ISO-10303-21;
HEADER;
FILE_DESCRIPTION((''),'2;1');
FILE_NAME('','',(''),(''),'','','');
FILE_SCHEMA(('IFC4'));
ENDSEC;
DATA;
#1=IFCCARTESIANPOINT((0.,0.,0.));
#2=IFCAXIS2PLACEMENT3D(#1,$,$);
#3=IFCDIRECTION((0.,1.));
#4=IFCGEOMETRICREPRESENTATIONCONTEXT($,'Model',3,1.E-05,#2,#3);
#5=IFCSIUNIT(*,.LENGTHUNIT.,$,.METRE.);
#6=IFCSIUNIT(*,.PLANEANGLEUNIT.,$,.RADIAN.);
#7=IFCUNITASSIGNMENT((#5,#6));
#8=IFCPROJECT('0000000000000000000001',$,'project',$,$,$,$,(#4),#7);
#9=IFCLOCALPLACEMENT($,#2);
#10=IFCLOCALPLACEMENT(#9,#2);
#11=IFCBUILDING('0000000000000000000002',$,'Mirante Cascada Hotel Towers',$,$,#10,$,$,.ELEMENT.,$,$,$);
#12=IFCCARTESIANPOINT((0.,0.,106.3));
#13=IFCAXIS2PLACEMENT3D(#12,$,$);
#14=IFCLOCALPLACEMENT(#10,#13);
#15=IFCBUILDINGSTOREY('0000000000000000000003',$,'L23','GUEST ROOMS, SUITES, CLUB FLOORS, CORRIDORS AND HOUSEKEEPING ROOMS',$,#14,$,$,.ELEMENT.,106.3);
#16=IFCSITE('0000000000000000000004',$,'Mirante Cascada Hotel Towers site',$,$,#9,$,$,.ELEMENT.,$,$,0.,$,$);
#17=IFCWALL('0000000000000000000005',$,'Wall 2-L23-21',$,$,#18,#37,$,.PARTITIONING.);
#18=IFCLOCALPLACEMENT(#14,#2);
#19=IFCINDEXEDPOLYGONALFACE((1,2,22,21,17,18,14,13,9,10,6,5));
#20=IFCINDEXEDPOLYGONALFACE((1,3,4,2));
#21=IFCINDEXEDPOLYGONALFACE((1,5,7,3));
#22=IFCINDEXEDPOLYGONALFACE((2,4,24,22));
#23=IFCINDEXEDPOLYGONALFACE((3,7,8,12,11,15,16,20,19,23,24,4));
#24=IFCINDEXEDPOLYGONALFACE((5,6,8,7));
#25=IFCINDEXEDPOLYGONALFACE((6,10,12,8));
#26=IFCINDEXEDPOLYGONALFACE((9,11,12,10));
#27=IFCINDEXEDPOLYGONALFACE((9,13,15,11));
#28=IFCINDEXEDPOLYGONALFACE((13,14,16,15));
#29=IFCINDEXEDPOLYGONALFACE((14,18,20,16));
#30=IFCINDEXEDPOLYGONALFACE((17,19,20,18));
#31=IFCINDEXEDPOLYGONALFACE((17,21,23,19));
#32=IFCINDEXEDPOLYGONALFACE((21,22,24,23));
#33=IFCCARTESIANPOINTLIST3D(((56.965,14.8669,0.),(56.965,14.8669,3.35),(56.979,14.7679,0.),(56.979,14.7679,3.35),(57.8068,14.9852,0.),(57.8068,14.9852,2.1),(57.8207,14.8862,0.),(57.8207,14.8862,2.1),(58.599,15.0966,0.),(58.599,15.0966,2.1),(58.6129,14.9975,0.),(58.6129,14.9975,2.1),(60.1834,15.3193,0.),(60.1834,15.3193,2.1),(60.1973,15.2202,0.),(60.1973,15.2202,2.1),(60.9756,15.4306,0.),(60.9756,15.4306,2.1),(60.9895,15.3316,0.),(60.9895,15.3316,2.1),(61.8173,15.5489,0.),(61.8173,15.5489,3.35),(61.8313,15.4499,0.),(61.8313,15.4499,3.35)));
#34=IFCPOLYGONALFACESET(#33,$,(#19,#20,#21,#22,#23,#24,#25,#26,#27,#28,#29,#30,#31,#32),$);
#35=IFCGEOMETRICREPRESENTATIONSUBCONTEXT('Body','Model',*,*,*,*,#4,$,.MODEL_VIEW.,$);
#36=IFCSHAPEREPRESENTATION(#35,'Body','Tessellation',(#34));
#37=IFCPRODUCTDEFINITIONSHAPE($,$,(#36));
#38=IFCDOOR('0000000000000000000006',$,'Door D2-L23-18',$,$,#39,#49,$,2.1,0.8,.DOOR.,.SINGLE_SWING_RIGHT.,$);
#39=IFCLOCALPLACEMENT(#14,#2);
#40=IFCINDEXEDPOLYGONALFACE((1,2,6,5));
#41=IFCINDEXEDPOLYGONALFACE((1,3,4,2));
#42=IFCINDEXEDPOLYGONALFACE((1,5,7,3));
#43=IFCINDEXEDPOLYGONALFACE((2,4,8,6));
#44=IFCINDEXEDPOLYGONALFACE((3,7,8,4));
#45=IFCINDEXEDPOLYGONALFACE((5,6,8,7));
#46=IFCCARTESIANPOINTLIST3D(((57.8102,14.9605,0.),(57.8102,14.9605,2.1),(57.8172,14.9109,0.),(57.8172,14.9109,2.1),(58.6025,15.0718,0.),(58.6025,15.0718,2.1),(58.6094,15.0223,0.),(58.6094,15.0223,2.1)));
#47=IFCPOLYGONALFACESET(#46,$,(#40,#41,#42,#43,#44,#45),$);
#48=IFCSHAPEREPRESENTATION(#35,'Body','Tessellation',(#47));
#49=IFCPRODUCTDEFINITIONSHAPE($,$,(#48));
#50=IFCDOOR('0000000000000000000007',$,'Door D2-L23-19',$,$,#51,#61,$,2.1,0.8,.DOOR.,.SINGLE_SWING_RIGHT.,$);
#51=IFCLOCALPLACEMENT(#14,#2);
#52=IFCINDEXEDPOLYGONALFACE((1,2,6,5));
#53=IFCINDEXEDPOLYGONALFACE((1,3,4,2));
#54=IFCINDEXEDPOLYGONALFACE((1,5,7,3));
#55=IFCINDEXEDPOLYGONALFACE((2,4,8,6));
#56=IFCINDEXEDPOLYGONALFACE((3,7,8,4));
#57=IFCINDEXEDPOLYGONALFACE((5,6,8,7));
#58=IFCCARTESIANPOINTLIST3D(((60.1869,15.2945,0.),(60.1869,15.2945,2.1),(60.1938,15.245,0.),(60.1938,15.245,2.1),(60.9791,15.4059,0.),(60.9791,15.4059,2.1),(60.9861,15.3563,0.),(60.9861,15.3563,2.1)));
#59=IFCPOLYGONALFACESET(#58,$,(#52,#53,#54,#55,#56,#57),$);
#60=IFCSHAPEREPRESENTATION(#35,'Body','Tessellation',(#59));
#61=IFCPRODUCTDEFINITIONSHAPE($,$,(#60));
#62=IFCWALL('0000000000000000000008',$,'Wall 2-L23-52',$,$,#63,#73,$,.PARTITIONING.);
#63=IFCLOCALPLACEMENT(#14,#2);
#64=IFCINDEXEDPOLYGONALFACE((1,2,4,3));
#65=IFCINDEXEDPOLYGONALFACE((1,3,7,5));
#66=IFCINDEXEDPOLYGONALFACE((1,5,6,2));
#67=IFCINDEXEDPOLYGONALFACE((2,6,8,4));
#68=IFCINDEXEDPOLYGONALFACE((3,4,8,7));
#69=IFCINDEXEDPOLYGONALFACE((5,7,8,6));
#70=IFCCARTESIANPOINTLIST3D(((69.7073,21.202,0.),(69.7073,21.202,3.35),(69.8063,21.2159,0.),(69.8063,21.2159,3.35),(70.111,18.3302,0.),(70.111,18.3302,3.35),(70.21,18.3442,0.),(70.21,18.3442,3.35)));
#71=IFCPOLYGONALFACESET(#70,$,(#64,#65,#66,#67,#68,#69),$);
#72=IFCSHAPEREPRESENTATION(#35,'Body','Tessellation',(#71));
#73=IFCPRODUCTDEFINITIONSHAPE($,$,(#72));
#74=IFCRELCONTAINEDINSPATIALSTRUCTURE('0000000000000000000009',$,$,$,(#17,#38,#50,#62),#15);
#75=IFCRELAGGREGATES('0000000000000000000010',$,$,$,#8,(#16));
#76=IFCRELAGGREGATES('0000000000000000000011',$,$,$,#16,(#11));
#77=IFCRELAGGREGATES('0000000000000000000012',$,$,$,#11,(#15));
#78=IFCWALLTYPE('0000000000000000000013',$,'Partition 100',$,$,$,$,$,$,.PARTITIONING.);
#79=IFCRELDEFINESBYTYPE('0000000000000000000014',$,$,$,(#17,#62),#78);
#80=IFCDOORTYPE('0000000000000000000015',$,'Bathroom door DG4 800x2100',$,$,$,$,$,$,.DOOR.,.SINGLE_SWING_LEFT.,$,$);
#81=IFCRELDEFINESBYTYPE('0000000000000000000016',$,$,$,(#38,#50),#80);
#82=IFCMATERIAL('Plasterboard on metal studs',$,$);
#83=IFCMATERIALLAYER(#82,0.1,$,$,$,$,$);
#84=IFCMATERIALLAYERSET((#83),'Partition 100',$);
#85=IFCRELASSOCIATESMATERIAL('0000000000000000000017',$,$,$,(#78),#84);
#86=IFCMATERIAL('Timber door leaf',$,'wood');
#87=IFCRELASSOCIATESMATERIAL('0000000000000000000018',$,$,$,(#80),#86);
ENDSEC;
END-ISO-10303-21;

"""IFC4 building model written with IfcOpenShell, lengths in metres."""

from ifc_helpers import new_model, si_unit, direction, frame, frame_2d, origin, place, context, subcontext, project, spatial, rectangle, extrude, material, layer, layer_set, type_object, element, fill, save


model = new_model("IFC4")

# Units and contexts
model_context = context("Model", 3, precision=1e-05, world=origin(), true_north=direction((0.0, 1.0)))
body_context = subcontext(model_context, "Body", "Model", "MODEL_VIEW")
ifc_project = project(units=[si_unit("LENGTHUNIT", "METRE"), si_unit("PLANEANGLEUNIT", "RADIAN")], contexts=[model_context])

# Site, building, storey
site_placement = place(None, origin())
site = spatial("IfcSite", under=ifc_project, at=site_placement, Name="Mirante Cascada Hotel Towers site", CompositionType="ELEMENT", RefElevation=0.0)
building_placement = place(site_placement, origin())
building = spatial("IfcBuilding", under=site, at=building_placement, Name="Mirante Cascada Hotel Towers", CompositionType="ELEMENT")
storey_placement = place(building_placement, frame((0.0, 0.0, 106.3)))
storey = spatial("IfcBuildingStorey", under=building, at=storey_placement, Name="L23", Description="GUEST ROOMS, SUITES, CLUB FLOORS, CORRIDORS AND HOUSEKEEPING ROOMS", CompositionType="ELEMENT", Elevation=106.3)

# Wall, openings, doors
ifc_material_1 = material(Name="Plasterboard on metal studs")
ifc_layer_1 = layer(ifc_material_1, 0.1)
ifc_layer_set_1 = layer_set([ifc_layer_1], Name="Partition 100")
wall_type_1 = type_object("IfcWallType", Name="Partition 100", PredefinedType="PARTITIONING", material=ifc_layer_set_1)
wall_1_placement = place(storey_placement, frame((61.8243, 15.4994, 0.0), z_axis=(0.0, 0.0, 1.0), x_axis=(-0.990267, -0.139184, 0.0)))
wall_1 = element("IfcWall", 1, at=wall_1_placement, inside=storey, type_object=wall_type_1, Name="Wall 2-L23-21", PredefinedType="PARTITIONING", context=body_context, shape_type="SweptSolid", body=[
    extrude(rectangle(XDim=4.9, YDim=0.1, at=frame_2d((2.45, 0.0))), origin(), (0.0, 0.0, 1.0), 3.35),
])
opening_1_placement = place(wall_1_placement, frame((3.25, 0.0, 0.0)))
opening_1 = element("IfcOpeningElement", 2, at=opening_1_placement, cuts=wall_1, PredefinedType="OPENING", context=body_context, shape_type="SweptSolid", body=[
    extrude(rectangle(XDim=0.8, YDim=2.1, at=frame_2d((0.4, 1.05))), frame((0.0, 0.05, 0.0), z_axis=(0.0, -1.0, 0.0), x_axis=(1.0, 0.0, 0.0)), (0.0, 0.0, 1.0), 0.1),
])
opening_2_placement = place(wall_1_placement, frame((0.85, 0.0, 0.0)))
opening_2 = element("IfcOpeningElement", 3, at=opening_2_placement, cuts=wall_1, PredefinedType="OPENING", context=body_context, shape_type="SweptSolid", body=[
    extrude(rectangle(XDim=0.8, YDim=2.1, at=frame_2d((0.4, 1.05))), frame((0.0, 0.05, 0.0), z_axis=(0.0, -1.0, 0.0), x_axis=(1.0, 0.0, 0.0)), (0.0, 0.0, 1.0), 0.1),
])
ifc_material_2 = material(Name="Timber door leaf", Category="wood")
door_type = type_object("IfcDoorType", Name="Bathroom door DG4 800x2100", OperationType="SINGLE_SWING_LEFT", PredefinedType="DOOR", material=ifc_material_2)
door_1_placement = place(opening_1_placement, frame((0.8, 0.0, 0.0), z_axis=(0.0, 0.0, 1.0), x_axis=(-1.0, 0.0, 0.0)))
door_1 = element("IfcDoor", 4, at=door_1_placement, inside=storey, type_object=door_type, Name="Door D2-L23-18", OperationType="SINGLE_SWING_RIGHT", OverallHeight=2.1, OverallWidth=0.8, PredefinedType="DOOR", context=body_context, shape_type="SweptSolid", body=[
    extrude(rectangle(XDim=0.8, YDim=2.1, at=frame_2d((0.4, 1.05))), frame((0.0, 0.025, 0.0), z_axis=(0.0, -1.0, 0.0), x_axis=(1.0, 0.0, 0.0)), (0.0, 0.0, 1.0), 0.05),
])
fill(opening_1, door_1)
door_2_placement = place(opening_2_placement, frame((0.8, 0.0, 0.0), z_axis=(0.0, 0.0, 1.0), x_axis=(-1.0, 0.0, 0.0)))
door_2 = element("IfcDoor", 5, at=door_2_placement, inside=storey, type_object=door_type, Name="Door D2-L23-19", OperationType="SINGLE_SWING_RIGHT", OverallHeight=2.1, OverallWidth=0.8, PredefinedType="DOOR", context=body_context, shape_type="SweptSolid", body=[
    extrude(rectangle(XDim=0.8, YDim=2.1, at=frame_2d((0.4, 1.05))), frame((0.0, 0.025, 0.0), z_axis=(0.0, -1.0, 0.0), x_axis=(1.0, 0.0, 0.0)), (0.0, 0.0, 1.0), 0.05),
])
fill(opening_2, door_2)

# Wall
wall_2_placement = place(storey_placement, frame((70.1605, 18.3372, 0.0), z_axis=(0.0, 0.0, 1.0), x_axis=(-0.139205, 0.990264, 0.0)))
element("IfcWall", 6, at=wall_2_placement, inside=storey, type_object=wall_type_1, Name="Wall 2-L23-52", PredefinedType="PARTITIONING", context=body_context, shape_type="SweptSolid", body=[
    extrude(rectangle(XDim=2.9, YDim=0.1, at=frame_2d((1.45, 0.0))), origin(), (0.0, 0.0, 1.0), 3.35),
])

save(model, "model.ifc")
